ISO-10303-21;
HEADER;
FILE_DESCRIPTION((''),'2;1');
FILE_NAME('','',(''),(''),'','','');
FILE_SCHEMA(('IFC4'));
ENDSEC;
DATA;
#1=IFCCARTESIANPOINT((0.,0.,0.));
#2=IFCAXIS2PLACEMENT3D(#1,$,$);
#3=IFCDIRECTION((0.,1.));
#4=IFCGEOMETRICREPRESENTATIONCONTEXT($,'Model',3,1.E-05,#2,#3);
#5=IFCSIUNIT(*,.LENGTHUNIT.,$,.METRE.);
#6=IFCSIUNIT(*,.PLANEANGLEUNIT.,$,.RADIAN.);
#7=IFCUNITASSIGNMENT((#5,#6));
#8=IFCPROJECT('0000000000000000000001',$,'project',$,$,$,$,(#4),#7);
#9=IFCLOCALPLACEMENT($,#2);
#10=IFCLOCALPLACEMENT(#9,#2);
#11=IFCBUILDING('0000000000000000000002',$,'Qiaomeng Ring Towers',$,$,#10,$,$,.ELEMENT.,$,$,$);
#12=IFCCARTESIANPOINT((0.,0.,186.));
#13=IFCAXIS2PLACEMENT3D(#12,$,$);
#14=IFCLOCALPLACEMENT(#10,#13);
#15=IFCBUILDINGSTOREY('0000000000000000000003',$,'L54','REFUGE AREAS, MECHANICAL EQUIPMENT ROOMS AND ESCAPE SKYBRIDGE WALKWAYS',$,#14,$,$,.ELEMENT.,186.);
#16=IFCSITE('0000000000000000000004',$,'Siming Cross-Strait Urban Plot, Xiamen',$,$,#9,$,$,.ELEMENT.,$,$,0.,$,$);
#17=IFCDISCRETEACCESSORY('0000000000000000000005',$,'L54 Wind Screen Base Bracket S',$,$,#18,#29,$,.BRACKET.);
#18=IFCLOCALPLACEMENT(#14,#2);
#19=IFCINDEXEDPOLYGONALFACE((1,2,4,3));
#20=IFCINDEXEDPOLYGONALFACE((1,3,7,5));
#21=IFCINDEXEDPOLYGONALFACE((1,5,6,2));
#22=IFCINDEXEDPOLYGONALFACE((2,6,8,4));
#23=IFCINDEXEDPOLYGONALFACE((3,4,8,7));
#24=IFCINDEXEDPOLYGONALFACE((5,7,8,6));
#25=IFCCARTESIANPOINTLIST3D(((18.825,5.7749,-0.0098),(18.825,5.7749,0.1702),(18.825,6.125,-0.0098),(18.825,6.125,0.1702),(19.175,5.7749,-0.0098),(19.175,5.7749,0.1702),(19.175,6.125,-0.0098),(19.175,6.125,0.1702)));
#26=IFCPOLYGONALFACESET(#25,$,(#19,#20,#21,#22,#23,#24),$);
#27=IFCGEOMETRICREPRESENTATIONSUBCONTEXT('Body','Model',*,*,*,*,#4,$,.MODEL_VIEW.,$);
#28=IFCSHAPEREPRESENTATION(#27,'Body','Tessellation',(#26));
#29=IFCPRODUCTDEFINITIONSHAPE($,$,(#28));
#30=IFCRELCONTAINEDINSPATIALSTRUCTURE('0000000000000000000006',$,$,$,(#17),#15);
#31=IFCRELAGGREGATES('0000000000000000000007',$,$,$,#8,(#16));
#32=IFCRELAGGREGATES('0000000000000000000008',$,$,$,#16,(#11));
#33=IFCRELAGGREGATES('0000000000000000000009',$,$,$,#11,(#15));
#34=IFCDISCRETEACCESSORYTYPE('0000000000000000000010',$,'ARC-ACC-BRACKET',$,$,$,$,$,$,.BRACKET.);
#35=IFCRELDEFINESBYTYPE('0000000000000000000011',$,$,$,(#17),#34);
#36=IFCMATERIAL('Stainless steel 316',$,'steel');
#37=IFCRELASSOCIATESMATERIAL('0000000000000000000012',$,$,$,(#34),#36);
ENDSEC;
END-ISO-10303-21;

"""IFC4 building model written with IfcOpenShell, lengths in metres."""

from ifc_helpers import new_model, si_unit, direction, frame, origin, origin_2d, place, context, subcontext, project, spatial, rectangle, extrude, source, transform, mapped, material, type_object, element, save


model = new_model("IFC4")

# Units and contexts
model_context = context("Model", 3, precision=1e-05, world=origin(), true_north=direction((0.0, 1.0)))
body_context = subcontext(model_context, "Body", "Model", "MODEL_VIEW")
ifc_project = project(units=[si_unit("LENGTHUNIT", "METRE"), si_unit("PLANEANGLEUNIT", "RADIAN")], contexts=[model_context])

# Site, building, storey
site_placement = place(None, origin())
site = spatial("IfcSite", under=ifc_project, at=site_placement, Name="Siming Cross-Strait Urban Plot, Xiamen", CompositionType="ELEMENT", RefElevation=0.0)
building_placement = place(site_placement, origin())
building = spatial("IfcBuilding", under=site, at=building_placement, Name="Qiaomeng Ring Towers", CompositionType="ELEMENT")
storey_placement = place(building_placement, frame((0.0, 0.0, 186.0)))
storey = spatial("IfcBuildingStorey", under=building, at=storey_placement, Name="L54", Description="REFUGE AREAS, MECHANICAL EQUIPMENT ROOMS AND ESCAPE SKYBRIDGE WALKWAYS", CompositionType="ELEMENT", Elevation=186.0)

# Shared definitions
ifc_material_1 = material(Name="Stainless steel 316", Category="steel")

# Discrete accessory
discrete_accessory_type = type_object("IfcDiscreteAccessoryType", Name="ARC-ACC-BRACKET", PredefinedType="BRACKET", material=ifc_material_1)
shared_shape_1 = source(origin(), body_context, "Body", "SweptSolid", [
    extrude(rectangle(XDim=0.3501, YDim=0.3501, at=origin_2d()), origin(), (0.0, 0.0, 1.0), 0.1799),
])
discrete_accessory_placement = place(storey_placement, frame((19.0, 5.95, -0.0098), z_axis=(0.0, 0.0, 1.0), x_axis=(1.0, 0.0, 0.0)))
element("IfcDiscreteAccessory", 1, at=discrete_accessory_placement, inside=storey, type_object=discrete_accessory_type, Name="L54 Wind Screen Base Bracket S", PredefinedType="BRACKET", context=body_context, shape_type="MappedRepresentation", body=[
    mapped(shared_shape_1, transform((0.0, 0.0, 0.0), x_axis=(1.0, 0.0, 0.0), y_axis=(0.0, 1.0, 0.0), z_axis=(0.0, 0.0, 1.0), scale=1.0)),
])

save(model, "model.ifc")
